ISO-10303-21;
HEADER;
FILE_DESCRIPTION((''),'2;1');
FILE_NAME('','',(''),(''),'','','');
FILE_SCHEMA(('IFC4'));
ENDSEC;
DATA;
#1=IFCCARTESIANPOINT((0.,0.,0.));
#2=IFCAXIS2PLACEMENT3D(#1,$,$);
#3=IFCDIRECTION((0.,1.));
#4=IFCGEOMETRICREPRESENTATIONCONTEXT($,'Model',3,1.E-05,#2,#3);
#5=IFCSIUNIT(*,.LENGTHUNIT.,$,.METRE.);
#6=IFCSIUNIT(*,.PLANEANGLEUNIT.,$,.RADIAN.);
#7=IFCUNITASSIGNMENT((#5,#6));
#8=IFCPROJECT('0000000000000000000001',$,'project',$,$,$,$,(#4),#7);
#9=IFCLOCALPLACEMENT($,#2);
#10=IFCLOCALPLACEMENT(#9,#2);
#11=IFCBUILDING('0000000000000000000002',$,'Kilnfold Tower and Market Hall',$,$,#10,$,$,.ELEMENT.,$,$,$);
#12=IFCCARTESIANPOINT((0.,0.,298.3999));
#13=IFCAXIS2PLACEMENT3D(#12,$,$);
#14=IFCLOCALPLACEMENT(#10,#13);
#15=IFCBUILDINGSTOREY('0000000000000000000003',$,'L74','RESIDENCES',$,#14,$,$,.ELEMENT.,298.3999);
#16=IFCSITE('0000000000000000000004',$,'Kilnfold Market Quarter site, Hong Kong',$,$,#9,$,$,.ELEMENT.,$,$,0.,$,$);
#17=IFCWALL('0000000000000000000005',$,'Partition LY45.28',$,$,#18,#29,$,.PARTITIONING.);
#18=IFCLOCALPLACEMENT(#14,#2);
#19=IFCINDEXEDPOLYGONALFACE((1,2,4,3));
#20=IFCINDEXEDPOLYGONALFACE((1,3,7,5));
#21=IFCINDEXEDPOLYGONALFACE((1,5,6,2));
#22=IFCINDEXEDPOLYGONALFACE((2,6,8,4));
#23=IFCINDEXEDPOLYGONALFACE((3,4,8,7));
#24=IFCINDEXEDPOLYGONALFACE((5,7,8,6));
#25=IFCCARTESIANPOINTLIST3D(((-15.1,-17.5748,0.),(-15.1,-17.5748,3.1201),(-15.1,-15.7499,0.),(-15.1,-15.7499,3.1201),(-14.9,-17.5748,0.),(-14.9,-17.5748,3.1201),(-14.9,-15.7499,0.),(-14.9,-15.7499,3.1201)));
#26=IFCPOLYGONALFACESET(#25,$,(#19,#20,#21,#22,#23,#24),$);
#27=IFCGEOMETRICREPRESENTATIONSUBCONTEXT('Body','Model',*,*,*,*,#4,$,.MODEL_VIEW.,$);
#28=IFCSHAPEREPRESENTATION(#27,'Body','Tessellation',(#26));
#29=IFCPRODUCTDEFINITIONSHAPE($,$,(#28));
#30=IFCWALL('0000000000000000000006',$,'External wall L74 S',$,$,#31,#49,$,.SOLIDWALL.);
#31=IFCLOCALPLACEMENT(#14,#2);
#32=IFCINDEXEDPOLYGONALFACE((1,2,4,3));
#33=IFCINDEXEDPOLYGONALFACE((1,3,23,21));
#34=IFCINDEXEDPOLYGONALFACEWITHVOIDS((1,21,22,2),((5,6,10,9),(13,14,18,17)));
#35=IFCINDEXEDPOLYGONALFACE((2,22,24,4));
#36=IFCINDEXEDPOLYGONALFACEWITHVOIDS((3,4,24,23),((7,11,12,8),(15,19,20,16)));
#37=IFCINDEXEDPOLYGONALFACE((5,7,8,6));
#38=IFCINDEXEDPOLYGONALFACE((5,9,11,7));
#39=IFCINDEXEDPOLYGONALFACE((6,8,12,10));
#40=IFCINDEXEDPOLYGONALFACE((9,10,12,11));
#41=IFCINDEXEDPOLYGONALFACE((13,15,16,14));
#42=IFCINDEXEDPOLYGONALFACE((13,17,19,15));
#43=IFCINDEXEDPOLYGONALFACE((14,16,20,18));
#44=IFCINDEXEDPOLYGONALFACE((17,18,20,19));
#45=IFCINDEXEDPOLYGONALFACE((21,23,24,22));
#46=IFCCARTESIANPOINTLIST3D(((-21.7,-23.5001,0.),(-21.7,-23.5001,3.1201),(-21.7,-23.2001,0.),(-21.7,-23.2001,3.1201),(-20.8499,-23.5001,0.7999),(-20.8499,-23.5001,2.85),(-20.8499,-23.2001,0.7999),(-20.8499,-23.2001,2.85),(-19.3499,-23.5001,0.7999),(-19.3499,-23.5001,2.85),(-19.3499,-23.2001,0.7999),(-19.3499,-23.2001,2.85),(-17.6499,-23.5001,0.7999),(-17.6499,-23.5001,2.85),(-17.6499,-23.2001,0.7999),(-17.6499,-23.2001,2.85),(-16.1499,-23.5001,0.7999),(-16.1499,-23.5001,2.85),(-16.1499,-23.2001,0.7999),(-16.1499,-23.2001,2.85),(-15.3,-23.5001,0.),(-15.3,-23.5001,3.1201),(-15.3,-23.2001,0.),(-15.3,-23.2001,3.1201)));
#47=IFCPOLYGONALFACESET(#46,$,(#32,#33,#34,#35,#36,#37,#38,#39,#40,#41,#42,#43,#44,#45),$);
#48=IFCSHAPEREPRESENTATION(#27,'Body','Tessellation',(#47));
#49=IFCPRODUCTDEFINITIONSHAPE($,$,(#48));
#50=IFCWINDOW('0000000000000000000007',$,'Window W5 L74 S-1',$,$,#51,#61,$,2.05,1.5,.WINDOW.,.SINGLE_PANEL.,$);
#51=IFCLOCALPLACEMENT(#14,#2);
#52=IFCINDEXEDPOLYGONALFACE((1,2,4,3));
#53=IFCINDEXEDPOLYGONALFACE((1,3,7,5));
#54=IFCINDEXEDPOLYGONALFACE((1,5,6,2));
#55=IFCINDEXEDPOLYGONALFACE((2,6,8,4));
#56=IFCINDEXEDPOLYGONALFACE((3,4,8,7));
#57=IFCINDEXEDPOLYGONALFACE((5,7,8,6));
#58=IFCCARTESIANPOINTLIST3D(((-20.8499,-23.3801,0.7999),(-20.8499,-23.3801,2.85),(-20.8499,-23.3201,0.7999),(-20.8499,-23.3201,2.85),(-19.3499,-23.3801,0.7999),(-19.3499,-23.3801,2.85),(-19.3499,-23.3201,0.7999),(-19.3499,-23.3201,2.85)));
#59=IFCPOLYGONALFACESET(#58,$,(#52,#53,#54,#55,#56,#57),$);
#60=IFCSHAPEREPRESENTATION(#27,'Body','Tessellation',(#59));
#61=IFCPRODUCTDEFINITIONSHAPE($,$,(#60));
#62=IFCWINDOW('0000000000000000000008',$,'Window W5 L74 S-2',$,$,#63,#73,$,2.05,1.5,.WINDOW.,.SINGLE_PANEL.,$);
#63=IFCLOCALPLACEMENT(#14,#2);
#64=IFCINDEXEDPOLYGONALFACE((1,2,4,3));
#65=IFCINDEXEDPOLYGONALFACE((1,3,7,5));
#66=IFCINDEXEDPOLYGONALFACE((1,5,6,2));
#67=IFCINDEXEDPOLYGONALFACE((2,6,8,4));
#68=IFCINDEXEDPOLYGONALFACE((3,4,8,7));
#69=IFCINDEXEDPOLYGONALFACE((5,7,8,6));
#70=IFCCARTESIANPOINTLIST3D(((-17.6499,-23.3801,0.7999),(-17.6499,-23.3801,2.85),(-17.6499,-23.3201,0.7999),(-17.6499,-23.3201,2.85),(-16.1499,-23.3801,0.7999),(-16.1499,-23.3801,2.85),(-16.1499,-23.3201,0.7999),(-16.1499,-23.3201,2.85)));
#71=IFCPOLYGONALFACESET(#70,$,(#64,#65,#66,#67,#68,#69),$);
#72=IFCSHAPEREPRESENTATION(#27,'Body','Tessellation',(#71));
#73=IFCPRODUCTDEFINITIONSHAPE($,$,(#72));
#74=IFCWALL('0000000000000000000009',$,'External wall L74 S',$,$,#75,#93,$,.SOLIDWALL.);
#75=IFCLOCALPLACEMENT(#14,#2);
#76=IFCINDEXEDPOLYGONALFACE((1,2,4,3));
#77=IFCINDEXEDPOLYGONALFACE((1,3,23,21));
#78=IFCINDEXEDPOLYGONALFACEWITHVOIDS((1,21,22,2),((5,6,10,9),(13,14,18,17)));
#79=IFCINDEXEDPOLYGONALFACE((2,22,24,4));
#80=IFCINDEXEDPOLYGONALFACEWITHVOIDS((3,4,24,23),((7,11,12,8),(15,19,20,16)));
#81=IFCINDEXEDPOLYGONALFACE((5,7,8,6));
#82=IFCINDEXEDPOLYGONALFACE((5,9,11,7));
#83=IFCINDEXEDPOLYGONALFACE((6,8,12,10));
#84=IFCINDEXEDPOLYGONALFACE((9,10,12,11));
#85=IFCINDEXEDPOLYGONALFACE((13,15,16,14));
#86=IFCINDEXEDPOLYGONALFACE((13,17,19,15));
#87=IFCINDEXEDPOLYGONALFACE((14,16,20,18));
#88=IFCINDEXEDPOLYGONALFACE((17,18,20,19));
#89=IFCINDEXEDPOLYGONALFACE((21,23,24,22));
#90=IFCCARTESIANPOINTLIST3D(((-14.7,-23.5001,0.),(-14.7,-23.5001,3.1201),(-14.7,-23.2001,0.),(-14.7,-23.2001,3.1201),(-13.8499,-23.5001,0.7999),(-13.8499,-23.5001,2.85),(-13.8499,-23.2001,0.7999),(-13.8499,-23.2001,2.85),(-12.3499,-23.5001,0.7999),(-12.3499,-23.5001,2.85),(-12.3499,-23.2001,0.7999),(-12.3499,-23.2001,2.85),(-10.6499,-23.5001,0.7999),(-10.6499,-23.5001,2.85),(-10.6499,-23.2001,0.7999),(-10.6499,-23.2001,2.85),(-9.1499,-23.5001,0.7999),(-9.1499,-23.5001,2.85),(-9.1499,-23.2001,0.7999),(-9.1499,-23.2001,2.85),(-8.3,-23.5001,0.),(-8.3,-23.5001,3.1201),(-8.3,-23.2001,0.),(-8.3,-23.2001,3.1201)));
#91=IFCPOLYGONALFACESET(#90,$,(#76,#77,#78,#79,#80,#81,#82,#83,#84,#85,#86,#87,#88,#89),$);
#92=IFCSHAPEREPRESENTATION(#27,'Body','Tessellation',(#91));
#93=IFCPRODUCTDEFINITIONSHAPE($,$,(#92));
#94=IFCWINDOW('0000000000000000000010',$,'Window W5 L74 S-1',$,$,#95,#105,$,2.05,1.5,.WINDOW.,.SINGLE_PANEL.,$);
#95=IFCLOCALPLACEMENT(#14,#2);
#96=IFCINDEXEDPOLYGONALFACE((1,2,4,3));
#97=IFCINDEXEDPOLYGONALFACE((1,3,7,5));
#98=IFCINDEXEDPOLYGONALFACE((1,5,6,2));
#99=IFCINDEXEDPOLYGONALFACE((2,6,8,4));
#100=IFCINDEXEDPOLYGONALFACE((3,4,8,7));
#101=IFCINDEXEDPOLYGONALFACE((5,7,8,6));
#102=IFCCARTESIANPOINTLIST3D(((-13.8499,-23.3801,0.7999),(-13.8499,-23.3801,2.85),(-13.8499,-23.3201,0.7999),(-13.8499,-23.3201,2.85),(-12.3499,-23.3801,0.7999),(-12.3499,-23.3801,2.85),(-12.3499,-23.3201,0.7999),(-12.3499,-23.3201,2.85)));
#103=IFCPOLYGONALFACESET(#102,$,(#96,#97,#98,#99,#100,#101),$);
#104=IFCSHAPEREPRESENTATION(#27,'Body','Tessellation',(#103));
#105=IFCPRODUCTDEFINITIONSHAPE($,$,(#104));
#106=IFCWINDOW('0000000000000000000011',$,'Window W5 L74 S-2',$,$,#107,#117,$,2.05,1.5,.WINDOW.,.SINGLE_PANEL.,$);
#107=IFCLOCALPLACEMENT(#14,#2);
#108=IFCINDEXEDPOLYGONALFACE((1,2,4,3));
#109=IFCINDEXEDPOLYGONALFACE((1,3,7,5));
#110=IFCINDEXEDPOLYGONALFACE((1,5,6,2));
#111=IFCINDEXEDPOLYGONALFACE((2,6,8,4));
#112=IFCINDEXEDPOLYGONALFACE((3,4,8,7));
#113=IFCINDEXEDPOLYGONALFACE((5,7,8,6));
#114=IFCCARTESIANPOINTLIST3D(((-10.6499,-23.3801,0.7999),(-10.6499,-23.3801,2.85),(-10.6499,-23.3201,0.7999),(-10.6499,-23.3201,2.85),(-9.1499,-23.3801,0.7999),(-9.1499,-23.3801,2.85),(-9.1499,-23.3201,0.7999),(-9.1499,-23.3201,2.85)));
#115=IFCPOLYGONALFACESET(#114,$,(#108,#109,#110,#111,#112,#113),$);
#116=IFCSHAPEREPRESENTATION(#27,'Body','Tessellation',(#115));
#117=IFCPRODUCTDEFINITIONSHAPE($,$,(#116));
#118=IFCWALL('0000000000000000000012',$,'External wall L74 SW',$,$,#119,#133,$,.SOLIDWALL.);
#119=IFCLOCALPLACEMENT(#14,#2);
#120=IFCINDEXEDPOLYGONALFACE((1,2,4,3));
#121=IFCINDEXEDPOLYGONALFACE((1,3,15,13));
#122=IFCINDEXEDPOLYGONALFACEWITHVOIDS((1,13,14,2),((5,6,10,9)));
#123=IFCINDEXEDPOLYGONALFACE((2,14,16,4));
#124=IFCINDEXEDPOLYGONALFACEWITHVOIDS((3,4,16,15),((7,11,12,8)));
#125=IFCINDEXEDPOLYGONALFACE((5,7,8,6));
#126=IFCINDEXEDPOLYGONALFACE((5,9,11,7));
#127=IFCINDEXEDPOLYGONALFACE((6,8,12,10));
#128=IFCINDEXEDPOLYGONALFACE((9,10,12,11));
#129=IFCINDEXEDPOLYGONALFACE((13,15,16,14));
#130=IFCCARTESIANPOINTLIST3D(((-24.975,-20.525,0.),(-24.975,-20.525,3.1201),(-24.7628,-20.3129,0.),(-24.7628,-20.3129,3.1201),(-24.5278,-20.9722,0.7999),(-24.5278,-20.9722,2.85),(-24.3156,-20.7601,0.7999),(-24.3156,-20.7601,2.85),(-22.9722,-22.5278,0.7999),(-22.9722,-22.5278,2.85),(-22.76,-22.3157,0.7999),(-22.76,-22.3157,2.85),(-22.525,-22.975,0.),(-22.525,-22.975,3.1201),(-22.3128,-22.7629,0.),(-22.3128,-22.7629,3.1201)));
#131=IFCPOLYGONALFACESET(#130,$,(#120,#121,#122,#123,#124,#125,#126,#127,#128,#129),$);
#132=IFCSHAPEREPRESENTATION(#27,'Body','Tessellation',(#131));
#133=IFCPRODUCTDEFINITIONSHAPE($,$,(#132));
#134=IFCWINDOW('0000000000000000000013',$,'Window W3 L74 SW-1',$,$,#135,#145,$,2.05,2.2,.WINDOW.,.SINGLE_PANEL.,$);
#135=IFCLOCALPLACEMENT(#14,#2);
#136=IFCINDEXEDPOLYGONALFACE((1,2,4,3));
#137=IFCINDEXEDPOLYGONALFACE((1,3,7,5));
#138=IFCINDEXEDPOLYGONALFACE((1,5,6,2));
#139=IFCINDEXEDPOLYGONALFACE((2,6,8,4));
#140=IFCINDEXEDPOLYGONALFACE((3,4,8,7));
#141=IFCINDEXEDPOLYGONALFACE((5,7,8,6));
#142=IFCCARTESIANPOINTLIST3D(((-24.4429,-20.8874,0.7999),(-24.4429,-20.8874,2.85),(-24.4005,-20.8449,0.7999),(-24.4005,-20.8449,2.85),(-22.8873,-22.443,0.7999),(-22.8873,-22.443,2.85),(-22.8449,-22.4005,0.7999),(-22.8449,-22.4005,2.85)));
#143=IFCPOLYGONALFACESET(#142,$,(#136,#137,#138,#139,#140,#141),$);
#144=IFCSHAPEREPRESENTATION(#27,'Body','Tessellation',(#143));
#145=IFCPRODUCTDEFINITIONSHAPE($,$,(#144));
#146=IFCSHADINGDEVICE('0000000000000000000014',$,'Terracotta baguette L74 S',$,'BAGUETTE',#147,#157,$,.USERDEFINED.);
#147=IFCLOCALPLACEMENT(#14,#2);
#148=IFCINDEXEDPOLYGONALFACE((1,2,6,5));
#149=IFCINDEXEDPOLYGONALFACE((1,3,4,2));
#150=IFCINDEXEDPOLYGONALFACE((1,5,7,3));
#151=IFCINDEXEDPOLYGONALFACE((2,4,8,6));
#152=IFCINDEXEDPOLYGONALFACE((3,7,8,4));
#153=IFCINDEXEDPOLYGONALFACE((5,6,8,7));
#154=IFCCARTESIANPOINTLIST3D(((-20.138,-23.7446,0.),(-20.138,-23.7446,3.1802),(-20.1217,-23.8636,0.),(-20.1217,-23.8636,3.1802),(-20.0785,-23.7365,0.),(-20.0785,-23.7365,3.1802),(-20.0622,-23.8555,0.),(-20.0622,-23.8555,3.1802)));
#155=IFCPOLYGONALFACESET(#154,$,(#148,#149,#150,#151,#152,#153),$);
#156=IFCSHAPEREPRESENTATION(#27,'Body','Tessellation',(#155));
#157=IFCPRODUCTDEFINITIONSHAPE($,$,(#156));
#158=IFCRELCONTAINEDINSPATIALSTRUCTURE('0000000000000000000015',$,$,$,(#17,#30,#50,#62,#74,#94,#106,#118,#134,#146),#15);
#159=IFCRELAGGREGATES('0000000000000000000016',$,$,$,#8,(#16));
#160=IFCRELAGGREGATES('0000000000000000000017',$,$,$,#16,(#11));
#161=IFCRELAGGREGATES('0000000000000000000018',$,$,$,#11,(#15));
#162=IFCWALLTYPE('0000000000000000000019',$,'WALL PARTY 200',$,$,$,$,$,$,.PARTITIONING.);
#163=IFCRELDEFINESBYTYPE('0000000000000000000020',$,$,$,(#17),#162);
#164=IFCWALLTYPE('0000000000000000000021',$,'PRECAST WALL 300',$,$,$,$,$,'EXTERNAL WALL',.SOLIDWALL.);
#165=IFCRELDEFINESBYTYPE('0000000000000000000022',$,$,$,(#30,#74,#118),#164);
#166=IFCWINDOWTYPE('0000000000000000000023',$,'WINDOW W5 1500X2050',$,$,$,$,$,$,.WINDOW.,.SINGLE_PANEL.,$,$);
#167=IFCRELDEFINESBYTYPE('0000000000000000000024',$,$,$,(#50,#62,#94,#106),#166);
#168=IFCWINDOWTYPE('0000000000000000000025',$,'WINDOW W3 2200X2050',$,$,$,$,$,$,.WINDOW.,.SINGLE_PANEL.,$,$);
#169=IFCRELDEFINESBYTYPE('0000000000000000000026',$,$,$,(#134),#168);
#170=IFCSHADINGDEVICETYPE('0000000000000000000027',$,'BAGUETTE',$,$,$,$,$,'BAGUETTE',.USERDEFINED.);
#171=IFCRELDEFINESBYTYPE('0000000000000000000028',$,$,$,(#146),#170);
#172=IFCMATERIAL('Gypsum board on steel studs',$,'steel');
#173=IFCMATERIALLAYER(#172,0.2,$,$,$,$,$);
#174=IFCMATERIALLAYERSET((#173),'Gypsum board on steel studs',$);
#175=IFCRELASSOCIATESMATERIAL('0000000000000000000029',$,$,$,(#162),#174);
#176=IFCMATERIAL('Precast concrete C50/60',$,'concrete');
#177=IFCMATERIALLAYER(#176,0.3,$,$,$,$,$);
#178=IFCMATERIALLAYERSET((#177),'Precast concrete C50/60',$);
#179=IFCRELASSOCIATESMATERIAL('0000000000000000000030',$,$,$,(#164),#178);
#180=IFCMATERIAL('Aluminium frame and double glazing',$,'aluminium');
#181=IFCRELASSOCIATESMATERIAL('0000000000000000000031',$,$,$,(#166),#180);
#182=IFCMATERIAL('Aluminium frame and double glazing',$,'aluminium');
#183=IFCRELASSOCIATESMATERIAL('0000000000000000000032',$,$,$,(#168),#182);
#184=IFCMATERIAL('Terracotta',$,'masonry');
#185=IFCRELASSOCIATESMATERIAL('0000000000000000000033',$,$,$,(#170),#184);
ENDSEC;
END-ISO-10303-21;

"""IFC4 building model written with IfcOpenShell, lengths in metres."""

from ifc_helpers import new_model, si_unit, direction, frame, frame_2d, origin, origin_2d, place, context, subcontext, project, spatial, rectangle, extrude, source, transform, mapped, material, layer, layer_set, material_profile, profile_set, type_object, element, fill, save


model = new_model("IFC4")

# Units and contexts
model_context = context("Model", 3, precision=1e-05, world=origin(), true_north=direction((0.0, 1.0)))
body_context = subcontext(model_context, "Body", "Model", "MODEL_VIEW")
ifc_project = project(units=[si_unit("LENGTHUNIT", "METRE"), si_unit("PLANEANGLEUNIT", "RADIAN")], contexts=[model_context])

# Site, building, storey
site_placement = place(None, origin())
site = spatial("IfcSite", under=ifc_project, at=site_placement, Name="Kilnfold Market Quarter site, Hong Kong", CompositionType="ELEMENT", RefElevation=0.0)
building_placement = place(site_placement, origin())
building = spatial("IfcBuilding", under=site, at=building_placement, Name="Kilnfold Tower and Market Hall", CompositionType="ELEMENT")
storey_placement = place(building_placement, frame((0.0, 0.0, 298.3999)))
storey = spatial("IfcBuildingStorey", under=building, at=storey_placement, Name="L74", Description="RESIDENCES", CompositionType="ELEMENT", Elevation=298.3999)

# Wall
ifc_material_1 = material(Name="Gypsum board on steel studs", Category="steel")
ifc_layer_1 = layer(ifc_material_1, 0.2)
ifc_layer_set_1 = layer_set([ifc_layer_1], Name="Gypsum board on steel studs")
wall_type_1 = type_object("IfcWallType", Name="WALL PARTY 200", PredefinedType="PARTITIONING", material=ifc_layer_set_1)
wall_1_placement = place(storey_placement, frame((-15.0, -17.575, 0.0), z_axis=(0.0, 0.0, 1.0), x_axis=(0.0, 1.0, 0.0)))
element("IfcWall", 1, at=wall_1_placement, inside=storey, type_object=wall_type_1, Name="Partition LY45.28", PredefinedType="PARTITIONING", context=body_context, shape_type="SweptSolid", body=[
    extrude(rectangle(XDim=1.825, YDim=0.2, at=frame_2d((0.9126, 0.0))), origin(), (0.0, 0.0, 1.0), 3.1201),
])

# Walls, openings, windows
ifc_material_2 = material(Name="Precast concrete C50/60", Category="concrete")
ifc_layer_2 = layer(ifc_material_2, 0.3)
ifc_layer_set_2 = layer_set([ifc_layer_2], Name="Precast concrete C50/60")
wall_type_2 = type_object("IfcWallType", Name="PRECAST WALL 300", ElementType="EXTERNAL WALL", PredefinedType="SOLIDWALL", material=ifc_layer_set_2)
shared_shape_1 = source(origin(), body_context, "Body", "SweptSolid", [
    extrude(rectangle(XDim=6.3999, YDim=0.3, at=frame_2d((3.2, 0.0))), origin(), (0.0, 0.0, 1.0), 3.1201),
])
wall_2_placement = place(storey_placement, frame((-21.7, -23.3501, 0.0), z_axis=(0.0, 0.0, 1.0), x_axis=(1.0, 0.0, 0.0)))
wall_2 = element("IfcWall", 2, at=wall_2_placement, inside=storey, type_object=wall_type_2, Name="External wall L74 S", PredefinedType="SOLIDWALL", context=body_context, shape_type="MappedRepresentation", body=[
    mapped(shared_shape_1, transform((0.0, 0.0, 0.0))),
])
opening_1_placement = place(wall_2_placement, frame((0.8501, 0.0, 0.8)))
opening_1 = element("IfcOpeningElement", 3, at=opening_1_placement, cuts=wall_2, PredefinedType="OPENING", context=body_context, shape_type="SweptSolid", body=[
    extrude(rectangle(XDim=1.5, YDim=2.05, at=frame_2d((0.75, 1.0249))), frame((0.0, 0.1602, 0.0), z_axis=(0.0, -1.0, 0.0), x_axis=(1.0, 0.0, 0.0)), (0.0, 0.0, 1.0), 0.3201),
])
opening_2_placement = place(wall_2_placement, frame((4.05, 0.0, 0.8)))
opening_2 = element("IfcOpeningElement", 4, at=opening_2_placement, cuts=wall_2, PredefinedType="OPENING", context=body_context, shape_type="SweptSolid", body=[
    extrude(rectangle(XDim=1.5, YDim=2.05, at=frame_2d((0.75, 1.0249))), frame((0.0, 0.1602, 0.0), z_axis=(0.0, -1.0, 0.0), x_axis=(1.0, 0.0, 0.0)), (0.0, 0.0, 1.0), 0.3201),
])
ifc_material_3 = material(Name="Aluminium frame and double glazing", Category="aluminium")
window_type_1 = type_object("IfcWindowType", Name="WINDOW W5 1500X2050", PartitioningType="SINGLE_PANEL", PredefinedType="WINDOW", material=ifc_material_3)
window_1_placement = place(opening_1_placement, origin())
window_1 = element("IfcWindow", 5, at=window_1_placement, inside=storey, type_object=window_type_1, Name="Window W5 L74 S-1", OverallHeight=2.05, OverallWidth=1.5, PartitioningType="SINGLE_PANEL", PredefinedType="WINDOW", context=body_context, shape_type="SweptSolid", body=[
    extrude(rectangle(XDim=1.5, YDim=2.05, at=frame_2d((0.75, 1.0249))), frame((0.0, 0.03, 0.0), z_axis=(0.0, -1.0, 0.0), x_axis=(1.0, 0.0, 0.0)), (0.0, 0.0, 1.0), 0.0601),
])
fill(opening_1, window_1)
window_2_placement = place(opening_2_placement, origin())
window_2 = element("IfcWindow", 6, at=window_2_placement, inside=storey, type_object=window_type_1, Name="Window W5 L74 S-2", OverallHeight=2.05, OverallWidth=1.5, PartitioningType="SINGLE_PANEL", PredefinedType="WINDOW", context=body_context, shape_type="SweptSolid", body=[
    extrude(rectangle(XDim=1.5, YDim=2.05, at=frame_2d((0.75, 1.0249))), frame((0.0, 0.03, 0.0), z_axis=(0.0, -1.0, 0.0), x_axis=(1.0, 0.0, 0.0)), (0.0, 0.0, 1.0), 0.0601),
])
fill(opening_2, window_2)
wall_3_placement = place(storey_placement, frame((-14.7, -23.3501, 0.0), z_axis=(0.0, 0.0, 1.0), x_axis=(1.0, 0.0, 0.0)))
wall_3 = element("IfcWall", 7, at=wall_3_placement, inside=storey, type_object=wall_type_2, Name="External wall L74 S", PredefinedType="SOLIDWALL", context=body_context, shape_type="MappedRepresentation", body=[
    mapped(shared_shape_1, transform((0.0, 0.0, 0.0))),
])
opening_3_placement = place(wall_3_placement, frame((0.8501, 0.0, 0.8)))
opening_3 = element("IfcOpeningElement", 8, at=opening_3_placement, cuts=wall_3, PredefinedType="OPENING", context=body_context, shape_type="SweptSolid", body=[
    extrude(rectangle(XDim=1.5, YDim=2.05, at=frame_2d((0.75, 1.0249))), frame((0.0, 0.1602, 0.0), z_axis=(0.0, -1.0, 0.0), x_axis=(1.0, 0.0, 0.0)), (0.0, 0.0, 1.0), 0.3201),
])
opening_4_placement = place(wall_3_placement, frame((4.05, 0.0, 0.8)))
opening_4 = element("IfcOpeningElement", 9, at=opening_4_placement, cuts=wall_3, PredefinedType="OPENING", context=body_context, shape_type="SweptSolid", body=[
    extrude(rectangle(XDim=1.5, YDim=2.05, at=frame_2d((0.75, 1.0249))), frame((0.0, 0.1602, 0.0), z_axis=(0.0, -1.0, 0.0), x_axis=(1.0, 0.0, 0.0)), (0.0, 0.0, 1.0), 0.3201),
])
window_3_placement = place(opening_3_placement, origin())
window_3 = element("IfcWindow", 10, at=window_3_placement, inside=storey, type_object=window_type_1, Name="Window W5 L74 S-1", OverallHeight=2.05, OverallWidth=1.5, PartitioningType="SINGLE_PANEL", PredefinedType="WINDOW", context=body_context, shape_type="SweptSolid", body=[
    extrude(rectangle(XDim=1.5, YDim=2.05, at=frame_2d((0.75, 1.0249))), frame((0.0, 0.03, 0.0), z_axis=(0.0, -1.0, 0.0), x_axis=(1.0, 0.0, 0.0)), (0.0, 0.0, 1.0), 0.0601),
])
fill(opening_3, window_3)
window_4_placement = place(opening_4_placement, origin())
window_4 = element("IfcWindow", 11, at=window_4_placement, inside=storey, type_object=window_type_1, Name="Window W5 L74 S-2", OverallHeight=2.05, OverallWidth=1.5, PartitioningType="SINGLE_PANEL", PredefinedType="WINDOW", context=body_context, shape_type="SweptSolid", body=[
    extrude(rectangle(XDim=1.5, YDim=2.05, at=frame_2d((0.75, 1.0249))), frame((0.0, 0.03, 0.0), z_axis=(0.0, -1.0, 0.0), x_axis=(1.0, 0.0, 0.0)), (0.0, 0.0, 1.0), 0.0601),
])
fill(opening_4, window_4)

# Wall, opening, window
shared_shape_2 = source(origin(), body_context, "Body", "SweptSolid", [
    extrude(rectangle(XDim=3.4648, YDim=0.3, at=frame_2d((1.7324, 0.0))), origin(), (0.0, 0.0, 1.0), 3.1201),
])
wall_4_placement = place(storey_placement, frame((-24.8689, -20.4189, 0.0), z_axis=(0.0, 0.0, 1.0), x_axis=(0.707107, -0.707107, 0.0)))
wall_4 = element("IfcWall", 12, at=wall_4_placement, inside=storey, type_object=wall_type_2, Name="External wall L74 SW", PredefinedType="SOLIDWALL", context=body_context, shape_type="MappedRepresentation", body=[
    mapped(shared_shape_2, transform((0.0, 0.0, 0.0))),
])
opening_5_placement = place(wall_4_placement, frame((0.6323, 0.0, 0.8)))
opening_5 = element("IfcOpeningElement", 13, at=opening_5_placement, cuts=wall_4, PredefinedType="OPENING", context=body_context, shape_type="SweptSolid", body=[
    extrude(rectangle(XDim=2.2, YDim=2.05, at=frame_2d((1.1001, 1.0249))), frame((0.0, 0.1602, 0.0), z_axis=(0.0, -1.0, 0.0), x_axis=(1.0, 0.0, 0.0)), (0.0, 0.0, 1.0), 0.3201),
])
ifc_material_4 = material(Name="Aluminium frame and double glazing", Category="aluminium")
window_type_2 = type_object("IfcWindowType", Name="WINDOW W3 2200X2050", PartitioningType="SINGLE_PANEL", PredefinedType="WINDOW", material=ifc_material_4)
window_5_placement = place(opening_5_placement, origin())
window_5 = element("IfcWindow", 14, at=window_5_placement, inside=storey, type_object=window_type_2, Name="Window W3 L74 SW-1", OverallHeight=2.05, OverallWidth=2.2, PartitioningType="SINGLE_PANEL", PredefinedType="WINDOW", context=body_context, shape_type="SweptSolid", body=[
    extrude(rectangle(XDim=2.2, YDim=2.05, at=frame_2d((1.1001, 1.0249))), frame((0.0, 0.03, 0.0), z_axis=(0.0, -1.0, 0.0), x_axis=(1.0, 0.0, 0.0)), (0.0, 0.0, 1.0), 0.0601),
])
fill(opening_5, window_5)

# Shading device
ifc_material_5 = material(Name="Terracotta", Category="masonry")
ifc_material_profile_1 = material_profile(ifc_material_5, rectangle(XDim=0.0601, YDim=0.1201, at=origin_2d()), Name="BAG 60x120")
ifc_profile_set_1 = profile_set([ifc_material_profile_1], Name="Terracotta")
shading_device_type = type_object("IfcShadingDeviceType", Name="BAGUETTE", ElementType="BAGUETTE", PredefinedType="USERDEFINED", material=ifc_profile_set_1)
shared_shape_3 = source(origin(), body_context, "Body", "SweptSolid", [
    extrude(rectangle(XDim=0.0601, YDim=0.1201, at=origin_2d()), origin(), (0.0, 0.0, 1.0), 3.1802),
])
for number, where, z_axis, x_axis, name in (
    (15, (-20.1001, -23.8, 0.0), (0.0, 0.0, 1.0), (0.990698, 0.136082, 0.0), "Terracotta baguette L74 S"),
):
    element("IfcShadingDevice", number, at=place(storey_placement, frame(where, z_axis=z_axis, x_axis=x_axis)), inside=storey, type_object=shading_device_type, Name=name, ObjectType="BAGUETTE", PredefinedType="USERDEFINED", context=body_context, shape_type="MappedRepresentation", body=[
        mapped(shared_shape_3, transform((0.0, 0.0, 0.0))),
    ])

save(model, "model.ifc")
